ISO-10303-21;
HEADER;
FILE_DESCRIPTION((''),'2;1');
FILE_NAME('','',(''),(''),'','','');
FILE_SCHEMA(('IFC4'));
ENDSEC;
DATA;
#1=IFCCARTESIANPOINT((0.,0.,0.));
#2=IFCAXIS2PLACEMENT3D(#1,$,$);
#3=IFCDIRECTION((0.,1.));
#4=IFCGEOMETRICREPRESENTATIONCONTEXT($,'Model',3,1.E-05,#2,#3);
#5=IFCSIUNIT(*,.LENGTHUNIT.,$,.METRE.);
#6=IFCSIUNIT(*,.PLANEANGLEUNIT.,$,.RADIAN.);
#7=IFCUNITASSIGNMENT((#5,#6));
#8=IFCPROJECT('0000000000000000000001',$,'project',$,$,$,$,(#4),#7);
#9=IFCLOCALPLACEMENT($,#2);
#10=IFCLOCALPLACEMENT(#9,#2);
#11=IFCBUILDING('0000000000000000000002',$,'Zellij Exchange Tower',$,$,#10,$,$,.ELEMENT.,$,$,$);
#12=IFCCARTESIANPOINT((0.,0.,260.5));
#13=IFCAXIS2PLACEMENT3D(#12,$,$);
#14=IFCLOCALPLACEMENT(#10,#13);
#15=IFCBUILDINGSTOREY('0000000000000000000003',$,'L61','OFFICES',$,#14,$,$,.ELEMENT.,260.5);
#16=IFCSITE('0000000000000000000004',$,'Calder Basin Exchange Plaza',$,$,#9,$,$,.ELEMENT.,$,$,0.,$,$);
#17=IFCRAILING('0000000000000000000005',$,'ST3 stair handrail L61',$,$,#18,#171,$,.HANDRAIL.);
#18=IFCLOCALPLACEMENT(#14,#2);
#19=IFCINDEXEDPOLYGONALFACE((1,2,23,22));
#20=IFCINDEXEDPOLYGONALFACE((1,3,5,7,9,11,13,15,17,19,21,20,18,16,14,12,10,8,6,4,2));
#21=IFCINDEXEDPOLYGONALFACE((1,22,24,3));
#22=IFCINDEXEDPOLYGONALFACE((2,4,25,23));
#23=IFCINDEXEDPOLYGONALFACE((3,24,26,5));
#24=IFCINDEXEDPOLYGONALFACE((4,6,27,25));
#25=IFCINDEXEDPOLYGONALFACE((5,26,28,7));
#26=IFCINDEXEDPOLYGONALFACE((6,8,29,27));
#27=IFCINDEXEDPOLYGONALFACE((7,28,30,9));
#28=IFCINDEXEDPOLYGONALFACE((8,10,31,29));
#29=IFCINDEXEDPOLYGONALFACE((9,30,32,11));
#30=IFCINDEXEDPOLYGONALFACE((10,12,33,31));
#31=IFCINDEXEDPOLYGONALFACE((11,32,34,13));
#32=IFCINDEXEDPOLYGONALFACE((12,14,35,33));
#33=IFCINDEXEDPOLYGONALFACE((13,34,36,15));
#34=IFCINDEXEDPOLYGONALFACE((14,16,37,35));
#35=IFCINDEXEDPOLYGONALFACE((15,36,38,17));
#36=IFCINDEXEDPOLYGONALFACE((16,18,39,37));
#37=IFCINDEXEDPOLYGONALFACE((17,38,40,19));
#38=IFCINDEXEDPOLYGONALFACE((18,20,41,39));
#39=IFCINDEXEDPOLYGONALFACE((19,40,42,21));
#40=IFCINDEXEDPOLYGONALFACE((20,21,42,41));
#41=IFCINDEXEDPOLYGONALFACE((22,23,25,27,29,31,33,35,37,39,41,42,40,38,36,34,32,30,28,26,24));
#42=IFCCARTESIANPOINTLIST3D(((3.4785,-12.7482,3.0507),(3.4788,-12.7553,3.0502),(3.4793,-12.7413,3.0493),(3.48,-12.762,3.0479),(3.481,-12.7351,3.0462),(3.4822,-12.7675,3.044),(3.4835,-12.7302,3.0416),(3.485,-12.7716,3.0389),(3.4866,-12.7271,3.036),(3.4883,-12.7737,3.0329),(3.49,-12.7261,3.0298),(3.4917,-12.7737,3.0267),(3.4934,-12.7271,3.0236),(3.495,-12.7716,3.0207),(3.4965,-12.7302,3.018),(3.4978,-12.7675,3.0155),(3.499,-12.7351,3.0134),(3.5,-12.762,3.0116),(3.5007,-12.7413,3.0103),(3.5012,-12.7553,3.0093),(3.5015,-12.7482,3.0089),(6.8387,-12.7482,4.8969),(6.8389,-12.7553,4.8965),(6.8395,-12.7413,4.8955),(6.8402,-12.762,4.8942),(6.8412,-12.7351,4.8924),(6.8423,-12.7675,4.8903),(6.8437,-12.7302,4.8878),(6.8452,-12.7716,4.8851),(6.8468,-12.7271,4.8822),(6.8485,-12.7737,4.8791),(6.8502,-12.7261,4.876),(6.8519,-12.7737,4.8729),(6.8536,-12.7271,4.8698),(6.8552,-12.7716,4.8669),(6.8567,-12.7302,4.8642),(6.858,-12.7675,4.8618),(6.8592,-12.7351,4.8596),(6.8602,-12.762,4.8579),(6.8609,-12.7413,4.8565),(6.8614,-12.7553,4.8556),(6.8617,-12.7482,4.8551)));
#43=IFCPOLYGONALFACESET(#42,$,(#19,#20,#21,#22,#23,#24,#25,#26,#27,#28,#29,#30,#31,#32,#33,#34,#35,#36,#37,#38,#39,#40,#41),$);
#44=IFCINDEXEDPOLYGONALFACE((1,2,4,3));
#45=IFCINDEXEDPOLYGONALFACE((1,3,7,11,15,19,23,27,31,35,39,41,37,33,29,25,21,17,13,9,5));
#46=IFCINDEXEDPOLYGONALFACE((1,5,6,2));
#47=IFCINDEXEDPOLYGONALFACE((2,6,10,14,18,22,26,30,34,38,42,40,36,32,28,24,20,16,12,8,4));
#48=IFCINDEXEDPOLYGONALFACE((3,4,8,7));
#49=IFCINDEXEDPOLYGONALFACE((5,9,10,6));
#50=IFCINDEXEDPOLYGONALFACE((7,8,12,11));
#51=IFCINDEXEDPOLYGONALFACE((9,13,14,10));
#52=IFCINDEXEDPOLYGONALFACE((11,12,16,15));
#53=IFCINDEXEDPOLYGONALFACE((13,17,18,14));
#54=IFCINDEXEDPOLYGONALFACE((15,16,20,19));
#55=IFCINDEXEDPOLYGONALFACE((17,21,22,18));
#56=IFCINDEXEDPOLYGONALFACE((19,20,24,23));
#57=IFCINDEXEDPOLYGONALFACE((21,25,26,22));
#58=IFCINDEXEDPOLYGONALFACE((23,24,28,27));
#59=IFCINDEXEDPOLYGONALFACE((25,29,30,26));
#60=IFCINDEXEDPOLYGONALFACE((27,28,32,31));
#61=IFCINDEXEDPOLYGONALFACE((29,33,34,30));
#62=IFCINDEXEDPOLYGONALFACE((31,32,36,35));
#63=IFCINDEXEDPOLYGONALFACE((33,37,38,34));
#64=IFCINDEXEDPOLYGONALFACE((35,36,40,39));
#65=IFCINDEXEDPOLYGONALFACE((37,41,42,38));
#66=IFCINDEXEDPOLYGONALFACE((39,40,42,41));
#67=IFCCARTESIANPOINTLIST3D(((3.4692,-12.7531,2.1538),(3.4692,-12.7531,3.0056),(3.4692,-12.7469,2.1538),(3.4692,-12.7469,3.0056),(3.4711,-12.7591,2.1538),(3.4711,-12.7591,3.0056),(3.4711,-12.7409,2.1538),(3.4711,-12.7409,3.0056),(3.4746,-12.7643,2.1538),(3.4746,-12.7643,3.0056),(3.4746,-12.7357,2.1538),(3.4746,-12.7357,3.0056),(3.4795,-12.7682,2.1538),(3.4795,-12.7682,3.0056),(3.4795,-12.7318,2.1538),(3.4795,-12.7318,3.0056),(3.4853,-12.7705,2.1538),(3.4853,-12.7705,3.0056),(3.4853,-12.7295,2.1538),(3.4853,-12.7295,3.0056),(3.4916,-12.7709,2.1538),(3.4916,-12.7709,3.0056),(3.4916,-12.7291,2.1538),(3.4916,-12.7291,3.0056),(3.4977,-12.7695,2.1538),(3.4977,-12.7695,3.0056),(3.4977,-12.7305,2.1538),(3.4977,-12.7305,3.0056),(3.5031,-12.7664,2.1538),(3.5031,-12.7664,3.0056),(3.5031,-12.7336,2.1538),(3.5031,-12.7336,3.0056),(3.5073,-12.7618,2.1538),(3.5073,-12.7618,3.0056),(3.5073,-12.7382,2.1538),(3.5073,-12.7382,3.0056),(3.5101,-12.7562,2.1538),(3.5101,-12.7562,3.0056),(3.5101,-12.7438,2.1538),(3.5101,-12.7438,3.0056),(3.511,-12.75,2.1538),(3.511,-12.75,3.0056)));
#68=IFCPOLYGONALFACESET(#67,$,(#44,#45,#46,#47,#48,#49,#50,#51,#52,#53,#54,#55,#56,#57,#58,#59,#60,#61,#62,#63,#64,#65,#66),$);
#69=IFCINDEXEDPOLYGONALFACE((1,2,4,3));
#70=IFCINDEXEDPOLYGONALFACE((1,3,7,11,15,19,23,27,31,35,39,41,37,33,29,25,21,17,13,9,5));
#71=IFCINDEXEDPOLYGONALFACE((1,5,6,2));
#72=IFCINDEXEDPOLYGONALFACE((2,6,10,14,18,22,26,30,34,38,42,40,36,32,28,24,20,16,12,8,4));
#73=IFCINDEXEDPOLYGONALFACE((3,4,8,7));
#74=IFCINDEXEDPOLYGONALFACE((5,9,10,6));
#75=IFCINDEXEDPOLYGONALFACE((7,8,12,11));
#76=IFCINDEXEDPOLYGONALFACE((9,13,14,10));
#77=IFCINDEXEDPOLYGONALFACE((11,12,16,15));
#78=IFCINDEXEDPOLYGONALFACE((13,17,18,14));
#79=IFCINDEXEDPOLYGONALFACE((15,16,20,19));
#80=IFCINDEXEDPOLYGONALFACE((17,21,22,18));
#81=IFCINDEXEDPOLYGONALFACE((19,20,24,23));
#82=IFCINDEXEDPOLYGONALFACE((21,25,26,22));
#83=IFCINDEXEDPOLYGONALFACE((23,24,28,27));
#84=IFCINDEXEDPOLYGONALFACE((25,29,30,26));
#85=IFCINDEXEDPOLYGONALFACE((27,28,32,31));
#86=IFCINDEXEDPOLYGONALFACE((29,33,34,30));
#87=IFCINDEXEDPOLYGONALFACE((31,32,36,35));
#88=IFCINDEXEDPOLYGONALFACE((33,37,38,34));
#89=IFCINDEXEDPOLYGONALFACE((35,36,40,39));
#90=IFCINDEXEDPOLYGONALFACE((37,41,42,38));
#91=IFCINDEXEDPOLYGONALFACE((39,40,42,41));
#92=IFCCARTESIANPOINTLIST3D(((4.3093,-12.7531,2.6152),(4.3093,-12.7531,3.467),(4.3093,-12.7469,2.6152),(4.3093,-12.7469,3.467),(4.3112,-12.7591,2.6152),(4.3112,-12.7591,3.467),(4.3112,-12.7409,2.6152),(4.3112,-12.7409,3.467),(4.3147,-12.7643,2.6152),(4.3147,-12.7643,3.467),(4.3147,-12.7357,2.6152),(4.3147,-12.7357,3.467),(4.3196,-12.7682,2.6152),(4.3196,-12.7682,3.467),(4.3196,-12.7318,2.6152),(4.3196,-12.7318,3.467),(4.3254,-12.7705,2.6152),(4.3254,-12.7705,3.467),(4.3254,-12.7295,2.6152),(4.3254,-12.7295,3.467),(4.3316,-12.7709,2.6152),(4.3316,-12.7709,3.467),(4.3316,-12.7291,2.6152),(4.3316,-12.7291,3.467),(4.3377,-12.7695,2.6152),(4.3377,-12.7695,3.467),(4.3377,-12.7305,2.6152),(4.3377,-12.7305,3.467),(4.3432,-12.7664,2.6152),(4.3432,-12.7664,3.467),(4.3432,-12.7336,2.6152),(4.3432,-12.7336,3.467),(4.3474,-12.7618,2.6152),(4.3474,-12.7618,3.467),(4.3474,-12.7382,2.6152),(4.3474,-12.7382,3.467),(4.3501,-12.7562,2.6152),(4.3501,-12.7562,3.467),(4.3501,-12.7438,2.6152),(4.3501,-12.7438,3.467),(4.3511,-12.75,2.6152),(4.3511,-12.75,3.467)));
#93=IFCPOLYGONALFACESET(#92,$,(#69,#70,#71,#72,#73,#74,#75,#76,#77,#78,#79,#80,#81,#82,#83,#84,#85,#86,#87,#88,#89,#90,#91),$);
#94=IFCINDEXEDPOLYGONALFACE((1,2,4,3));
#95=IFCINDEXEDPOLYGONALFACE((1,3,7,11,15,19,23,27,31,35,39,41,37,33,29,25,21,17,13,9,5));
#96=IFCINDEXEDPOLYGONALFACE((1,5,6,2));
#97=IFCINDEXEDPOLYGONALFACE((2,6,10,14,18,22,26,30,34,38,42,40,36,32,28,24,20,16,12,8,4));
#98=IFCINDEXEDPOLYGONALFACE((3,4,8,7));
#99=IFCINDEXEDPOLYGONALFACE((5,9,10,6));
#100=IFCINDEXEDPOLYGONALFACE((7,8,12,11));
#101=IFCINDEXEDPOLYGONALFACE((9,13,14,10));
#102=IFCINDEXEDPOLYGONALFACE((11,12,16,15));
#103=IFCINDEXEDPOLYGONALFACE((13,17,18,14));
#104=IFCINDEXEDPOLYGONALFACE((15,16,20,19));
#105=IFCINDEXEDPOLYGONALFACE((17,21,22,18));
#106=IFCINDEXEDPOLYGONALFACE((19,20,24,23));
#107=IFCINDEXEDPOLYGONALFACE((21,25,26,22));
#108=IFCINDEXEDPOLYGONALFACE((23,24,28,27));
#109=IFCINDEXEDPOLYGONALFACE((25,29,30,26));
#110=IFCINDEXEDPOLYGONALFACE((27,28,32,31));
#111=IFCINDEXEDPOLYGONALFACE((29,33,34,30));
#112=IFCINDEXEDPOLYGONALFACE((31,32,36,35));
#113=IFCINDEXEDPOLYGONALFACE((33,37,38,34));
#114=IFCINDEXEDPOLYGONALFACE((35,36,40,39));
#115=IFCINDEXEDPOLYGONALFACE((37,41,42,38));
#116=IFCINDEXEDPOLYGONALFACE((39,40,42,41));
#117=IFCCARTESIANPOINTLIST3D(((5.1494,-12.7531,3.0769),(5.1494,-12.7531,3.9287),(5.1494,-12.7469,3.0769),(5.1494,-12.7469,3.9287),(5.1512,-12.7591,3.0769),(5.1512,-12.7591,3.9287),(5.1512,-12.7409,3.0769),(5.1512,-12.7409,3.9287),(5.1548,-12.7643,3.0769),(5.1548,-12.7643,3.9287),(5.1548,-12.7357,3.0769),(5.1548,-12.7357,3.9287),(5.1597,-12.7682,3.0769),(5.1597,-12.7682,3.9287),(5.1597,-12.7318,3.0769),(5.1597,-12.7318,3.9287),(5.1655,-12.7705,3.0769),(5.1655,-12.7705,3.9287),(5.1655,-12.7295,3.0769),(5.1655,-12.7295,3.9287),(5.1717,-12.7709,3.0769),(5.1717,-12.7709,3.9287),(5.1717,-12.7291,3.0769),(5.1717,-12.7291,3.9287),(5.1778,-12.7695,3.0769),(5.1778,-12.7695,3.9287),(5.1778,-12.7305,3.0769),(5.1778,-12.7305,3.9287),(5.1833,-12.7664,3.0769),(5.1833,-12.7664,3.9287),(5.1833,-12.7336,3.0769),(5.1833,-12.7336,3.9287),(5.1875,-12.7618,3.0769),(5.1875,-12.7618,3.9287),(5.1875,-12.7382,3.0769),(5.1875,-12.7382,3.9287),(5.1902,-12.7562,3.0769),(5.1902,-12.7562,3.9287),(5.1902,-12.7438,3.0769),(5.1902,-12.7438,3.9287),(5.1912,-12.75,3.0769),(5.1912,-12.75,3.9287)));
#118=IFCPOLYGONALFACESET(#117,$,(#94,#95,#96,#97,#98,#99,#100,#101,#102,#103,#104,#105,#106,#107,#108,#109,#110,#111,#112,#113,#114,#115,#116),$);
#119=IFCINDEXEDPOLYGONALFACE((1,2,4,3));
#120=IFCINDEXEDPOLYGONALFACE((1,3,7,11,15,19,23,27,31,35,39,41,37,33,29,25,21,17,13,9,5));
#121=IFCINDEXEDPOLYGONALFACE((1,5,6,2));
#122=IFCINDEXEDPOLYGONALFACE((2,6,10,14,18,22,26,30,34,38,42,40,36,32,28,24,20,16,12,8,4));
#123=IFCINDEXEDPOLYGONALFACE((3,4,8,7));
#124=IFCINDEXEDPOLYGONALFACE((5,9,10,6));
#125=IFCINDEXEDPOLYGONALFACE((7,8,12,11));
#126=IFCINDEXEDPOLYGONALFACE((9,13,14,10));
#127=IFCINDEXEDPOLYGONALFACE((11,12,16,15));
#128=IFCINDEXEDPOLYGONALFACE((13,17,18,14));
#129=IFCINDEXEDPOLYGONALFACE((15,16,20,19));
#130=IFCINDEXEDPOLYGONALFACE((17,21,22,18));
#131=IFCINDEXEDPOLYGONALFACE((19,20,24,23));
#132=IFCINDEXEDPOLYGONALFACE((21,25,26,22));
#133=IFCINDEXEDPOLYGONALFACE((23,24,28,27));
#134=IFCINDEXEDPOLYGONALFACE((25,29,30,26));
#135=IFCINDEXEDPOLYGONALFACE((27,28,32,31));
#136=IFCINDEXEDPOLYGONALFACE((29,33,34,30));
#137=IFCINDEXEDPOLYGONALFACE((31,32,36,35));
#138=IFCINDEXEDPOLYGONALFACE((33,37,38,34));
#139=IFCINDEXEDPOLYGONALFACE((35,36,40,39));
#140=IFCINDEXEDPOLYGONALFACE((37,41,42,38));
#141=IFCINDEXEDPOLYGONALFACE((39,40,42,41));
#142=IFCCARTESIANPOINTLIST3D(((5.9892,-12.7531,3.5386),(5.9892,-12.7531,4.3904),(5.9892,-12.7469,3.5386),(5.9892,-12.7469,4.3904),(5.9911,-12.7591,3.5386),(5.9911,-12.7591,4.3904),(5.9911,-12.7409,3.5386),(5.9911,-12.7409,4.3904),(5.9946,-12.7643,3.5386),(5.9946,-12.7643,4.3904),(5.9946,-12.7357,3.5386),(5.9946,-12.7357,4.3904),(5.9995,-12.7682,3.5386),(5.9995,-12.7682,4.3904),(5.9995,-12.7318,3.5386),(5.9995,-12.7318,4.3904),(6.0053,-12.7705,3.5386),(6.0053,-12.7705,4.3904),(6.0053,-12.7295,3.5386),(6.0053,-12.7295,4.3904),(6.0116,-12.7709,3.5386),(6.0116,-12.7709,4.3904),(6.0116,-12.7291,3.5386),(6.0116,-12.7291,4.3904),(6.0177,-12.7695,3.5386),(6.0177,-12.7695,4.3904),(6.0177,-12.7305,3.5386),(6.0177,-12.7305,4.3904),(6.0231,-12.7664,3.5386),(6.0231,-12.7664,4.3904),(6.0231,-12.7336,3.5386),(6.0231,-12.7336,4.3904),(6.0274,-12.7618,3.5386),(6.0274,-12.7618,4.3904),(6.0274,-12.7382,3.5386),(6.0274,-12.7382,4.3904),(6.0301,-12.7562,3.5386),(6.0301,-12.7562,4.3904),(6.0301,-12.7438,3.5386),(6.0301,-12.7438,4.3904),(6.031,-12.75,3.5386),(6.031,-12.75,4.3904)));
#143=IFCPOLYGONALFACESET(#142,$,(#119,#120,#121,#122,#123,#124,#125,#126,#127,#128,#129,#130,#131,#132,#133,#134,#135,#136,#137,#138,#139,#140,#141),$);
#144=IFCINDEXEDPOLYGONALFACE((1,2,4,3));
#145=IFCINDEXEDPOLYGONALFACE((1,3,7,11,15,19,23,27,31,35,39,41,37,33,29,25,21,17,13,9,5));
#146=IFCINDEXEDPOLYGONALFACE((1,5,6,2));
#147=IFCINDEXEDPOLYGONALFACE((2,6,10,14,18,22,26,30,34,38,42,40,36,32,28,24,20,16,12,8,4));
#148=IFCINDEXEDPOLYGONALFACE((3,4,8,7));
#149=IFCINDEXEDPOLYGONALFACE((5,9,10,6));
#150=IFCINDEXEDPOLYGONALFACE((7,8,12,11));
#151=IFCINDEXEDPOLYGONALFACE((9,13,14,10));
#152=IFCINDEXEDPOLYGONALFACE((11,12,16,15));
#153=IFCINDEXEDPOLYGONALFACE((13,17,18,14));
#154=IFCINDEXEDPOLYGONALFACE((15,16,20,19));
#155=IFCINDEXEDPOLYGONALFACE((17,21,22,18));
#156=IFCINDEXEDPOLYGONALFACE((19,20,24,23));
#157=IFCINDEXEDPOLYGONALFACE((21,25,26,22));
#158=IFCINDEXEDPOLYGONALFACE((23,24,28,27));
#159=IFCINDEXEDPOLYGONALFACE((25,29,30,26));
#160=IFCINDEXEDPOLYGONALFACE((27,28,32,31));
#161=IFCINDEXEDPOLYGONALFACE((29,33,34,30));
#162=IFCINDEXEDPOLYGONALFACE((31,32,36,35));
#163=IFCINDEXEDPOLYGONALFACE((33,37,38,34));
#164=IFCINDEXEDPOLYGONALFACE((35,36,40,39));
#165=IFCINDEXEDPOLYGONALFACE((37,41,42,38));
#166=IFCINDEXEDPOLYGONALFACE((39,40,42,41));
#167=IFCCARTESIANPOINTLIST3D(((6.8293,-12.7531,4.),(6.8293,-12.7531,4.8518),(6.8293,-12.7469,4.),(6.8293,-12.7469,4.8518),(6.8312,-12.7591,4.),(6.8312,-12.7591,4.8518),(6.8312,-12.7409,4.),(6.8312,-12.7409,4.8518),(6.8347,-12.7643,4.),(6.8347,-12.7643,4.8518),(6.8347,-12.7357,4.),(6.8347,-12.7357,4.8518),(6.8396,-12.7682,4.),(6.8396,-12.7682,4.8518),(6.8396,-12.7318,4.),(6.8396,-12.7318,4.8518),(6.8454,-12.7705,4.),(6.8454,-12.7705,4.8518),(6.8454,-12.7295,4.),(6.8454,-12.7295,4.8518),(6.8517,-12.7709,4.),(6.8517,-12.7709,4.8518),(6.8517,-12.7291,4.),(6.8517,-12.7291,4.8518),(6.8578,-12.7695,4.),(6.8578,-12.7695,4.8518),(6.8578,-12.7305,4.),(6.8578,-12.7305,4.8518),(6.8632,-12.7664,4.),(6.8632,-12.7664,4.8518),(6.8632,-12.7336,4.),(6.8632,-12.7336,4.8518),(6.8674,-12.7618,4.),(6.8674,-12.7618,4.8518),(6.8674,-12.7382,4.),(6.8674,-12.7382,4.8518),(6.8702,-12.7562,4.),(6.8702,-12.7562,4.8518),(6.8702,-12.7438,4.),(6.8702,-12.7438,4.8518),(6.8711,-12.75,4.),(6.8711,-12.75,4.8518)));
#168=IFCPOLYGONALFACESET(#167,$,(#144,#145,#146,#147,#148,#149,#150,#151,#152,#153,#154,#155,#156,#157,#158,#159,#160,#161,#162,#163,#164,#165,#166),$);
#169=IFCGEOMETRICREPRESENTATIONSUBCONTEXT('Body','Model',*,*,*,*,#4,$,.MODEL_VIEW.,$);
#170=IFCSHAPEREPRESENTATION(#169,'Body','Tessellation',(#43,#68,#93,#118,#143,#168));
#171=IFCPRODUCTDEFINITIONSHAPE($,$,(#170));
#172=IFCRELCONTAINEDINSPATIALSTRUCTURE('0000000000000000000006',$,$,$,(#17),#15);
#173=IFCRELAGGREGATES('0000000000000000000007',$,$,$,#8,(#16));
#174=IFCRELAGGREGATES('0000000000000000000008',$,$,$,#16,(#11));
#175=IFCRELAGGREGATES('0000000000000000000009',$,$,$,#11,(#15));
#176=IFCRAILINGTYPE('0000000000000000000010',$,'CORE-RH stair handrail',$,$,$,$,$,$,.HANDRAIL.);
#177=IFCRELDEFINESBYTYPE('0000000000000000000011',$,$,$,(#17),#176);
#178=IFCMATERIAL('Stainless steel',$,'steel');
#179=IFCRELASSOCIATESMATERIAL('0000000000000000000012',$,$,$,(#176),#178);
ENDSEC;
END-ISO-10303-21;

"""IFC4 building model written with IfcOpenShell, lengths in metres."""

from ifc_helpers import new_model, si_unit, direction, frame, origin, origin_2d, place, context, subcontext, project, spatial, circle, extrude, material, type_object, element, save


model = new_model("IFC4")

# Units and contexts
model_context = context("Model", 3, precision=1e-05, world=origin(), true_north=direction((0.0, 1.0)))
body_context = subcontext(model_context, "Body", "Model", "MODEL_VIEW")
ifc_project = project(units=[si_unit("LENGTHUNIT", "METRE"), si_unit("PLANEANGLEUNIT", "RADIAN")], contexts=[model_context])

# Site, building, storey
site_placement = place(None, origin())
site = spatial("IfcSite", under=ifc_project, at=site_placement, Name="Calder Basin Exchange Plaza", CompositionType="ELEMENT", RefElevation=0.0)
building_placement = place(site_placement, origin())
building = spatial("IfcBuilding", under=site, at=building_placement, Name="Zellij Exchange Tower", CompositionType="ELEMENT")
storey_placement = place(building_placement, frame((0.0, 0.0, 260.5)))
storey = spatial("IfcBuildingStorey", under=building, at=storey_placement, Name="L61", Description="OFFICES", CompositionType="ELEMENT", Elevation=260.5)

# Railing
ifc_material_1 = material(Name="Stainless steel", Category="steel")
railing_type_1 = type_object("IfcRailingType", Name="CORE-RH stair handrail", PredefinedType="HANDRAIL", material=ifc_material_1)
railing_1_placement = place(storey_placement, frame((3.49, -12.75, 2.1538)))
element("IfcRailing", 1, at=railing_1_placement, inside=storey, type_object=railing_type_1, Name="ST3 stair handrail L61", PredefinedType="HANDRAIL", context=body_context, shape_type="SweptSolid", body=[
    extrude(circle(Radius=0.0239, at=origin_2d()), frame((0.0, 0.0, 0.876), z_axis=(0.876422, 0.0, 0.481545), x_axis=(0.0, 1.0, 0.0)), (0.0, 0.0, 1.0), 3.834),
    extrude(circle(Radius=0.021, at=origin_2d()), origin(), (0.0, 0.0, 1.0), 0.8518),
    extrude(circle(Radius=0.021, at=origin_2d()), frame((0.8401, 0.0, 0.4614)), (0.0, 0.0, 1.0), 0.8518),
    extrude(circle(Radius=0.021, at=origin_2d()), frame((1.6802, 0.0, 0.9231)), (0.0, 0.0, 1.0), 0.8518),
    extrude(circle(Radius=0.021, at=origin_2d()), frame((2.52, 0.0, 1.3848)), (0.0, 0.0, 1.0), 0.8518),
    extrude(circle(Radius=0.021, at=origin_2d()), frame((3.3601, 0.0, 1.8462)), (0.0, 0.0, 1.0), 0.8518),
])

save(model, "model.ifc")
